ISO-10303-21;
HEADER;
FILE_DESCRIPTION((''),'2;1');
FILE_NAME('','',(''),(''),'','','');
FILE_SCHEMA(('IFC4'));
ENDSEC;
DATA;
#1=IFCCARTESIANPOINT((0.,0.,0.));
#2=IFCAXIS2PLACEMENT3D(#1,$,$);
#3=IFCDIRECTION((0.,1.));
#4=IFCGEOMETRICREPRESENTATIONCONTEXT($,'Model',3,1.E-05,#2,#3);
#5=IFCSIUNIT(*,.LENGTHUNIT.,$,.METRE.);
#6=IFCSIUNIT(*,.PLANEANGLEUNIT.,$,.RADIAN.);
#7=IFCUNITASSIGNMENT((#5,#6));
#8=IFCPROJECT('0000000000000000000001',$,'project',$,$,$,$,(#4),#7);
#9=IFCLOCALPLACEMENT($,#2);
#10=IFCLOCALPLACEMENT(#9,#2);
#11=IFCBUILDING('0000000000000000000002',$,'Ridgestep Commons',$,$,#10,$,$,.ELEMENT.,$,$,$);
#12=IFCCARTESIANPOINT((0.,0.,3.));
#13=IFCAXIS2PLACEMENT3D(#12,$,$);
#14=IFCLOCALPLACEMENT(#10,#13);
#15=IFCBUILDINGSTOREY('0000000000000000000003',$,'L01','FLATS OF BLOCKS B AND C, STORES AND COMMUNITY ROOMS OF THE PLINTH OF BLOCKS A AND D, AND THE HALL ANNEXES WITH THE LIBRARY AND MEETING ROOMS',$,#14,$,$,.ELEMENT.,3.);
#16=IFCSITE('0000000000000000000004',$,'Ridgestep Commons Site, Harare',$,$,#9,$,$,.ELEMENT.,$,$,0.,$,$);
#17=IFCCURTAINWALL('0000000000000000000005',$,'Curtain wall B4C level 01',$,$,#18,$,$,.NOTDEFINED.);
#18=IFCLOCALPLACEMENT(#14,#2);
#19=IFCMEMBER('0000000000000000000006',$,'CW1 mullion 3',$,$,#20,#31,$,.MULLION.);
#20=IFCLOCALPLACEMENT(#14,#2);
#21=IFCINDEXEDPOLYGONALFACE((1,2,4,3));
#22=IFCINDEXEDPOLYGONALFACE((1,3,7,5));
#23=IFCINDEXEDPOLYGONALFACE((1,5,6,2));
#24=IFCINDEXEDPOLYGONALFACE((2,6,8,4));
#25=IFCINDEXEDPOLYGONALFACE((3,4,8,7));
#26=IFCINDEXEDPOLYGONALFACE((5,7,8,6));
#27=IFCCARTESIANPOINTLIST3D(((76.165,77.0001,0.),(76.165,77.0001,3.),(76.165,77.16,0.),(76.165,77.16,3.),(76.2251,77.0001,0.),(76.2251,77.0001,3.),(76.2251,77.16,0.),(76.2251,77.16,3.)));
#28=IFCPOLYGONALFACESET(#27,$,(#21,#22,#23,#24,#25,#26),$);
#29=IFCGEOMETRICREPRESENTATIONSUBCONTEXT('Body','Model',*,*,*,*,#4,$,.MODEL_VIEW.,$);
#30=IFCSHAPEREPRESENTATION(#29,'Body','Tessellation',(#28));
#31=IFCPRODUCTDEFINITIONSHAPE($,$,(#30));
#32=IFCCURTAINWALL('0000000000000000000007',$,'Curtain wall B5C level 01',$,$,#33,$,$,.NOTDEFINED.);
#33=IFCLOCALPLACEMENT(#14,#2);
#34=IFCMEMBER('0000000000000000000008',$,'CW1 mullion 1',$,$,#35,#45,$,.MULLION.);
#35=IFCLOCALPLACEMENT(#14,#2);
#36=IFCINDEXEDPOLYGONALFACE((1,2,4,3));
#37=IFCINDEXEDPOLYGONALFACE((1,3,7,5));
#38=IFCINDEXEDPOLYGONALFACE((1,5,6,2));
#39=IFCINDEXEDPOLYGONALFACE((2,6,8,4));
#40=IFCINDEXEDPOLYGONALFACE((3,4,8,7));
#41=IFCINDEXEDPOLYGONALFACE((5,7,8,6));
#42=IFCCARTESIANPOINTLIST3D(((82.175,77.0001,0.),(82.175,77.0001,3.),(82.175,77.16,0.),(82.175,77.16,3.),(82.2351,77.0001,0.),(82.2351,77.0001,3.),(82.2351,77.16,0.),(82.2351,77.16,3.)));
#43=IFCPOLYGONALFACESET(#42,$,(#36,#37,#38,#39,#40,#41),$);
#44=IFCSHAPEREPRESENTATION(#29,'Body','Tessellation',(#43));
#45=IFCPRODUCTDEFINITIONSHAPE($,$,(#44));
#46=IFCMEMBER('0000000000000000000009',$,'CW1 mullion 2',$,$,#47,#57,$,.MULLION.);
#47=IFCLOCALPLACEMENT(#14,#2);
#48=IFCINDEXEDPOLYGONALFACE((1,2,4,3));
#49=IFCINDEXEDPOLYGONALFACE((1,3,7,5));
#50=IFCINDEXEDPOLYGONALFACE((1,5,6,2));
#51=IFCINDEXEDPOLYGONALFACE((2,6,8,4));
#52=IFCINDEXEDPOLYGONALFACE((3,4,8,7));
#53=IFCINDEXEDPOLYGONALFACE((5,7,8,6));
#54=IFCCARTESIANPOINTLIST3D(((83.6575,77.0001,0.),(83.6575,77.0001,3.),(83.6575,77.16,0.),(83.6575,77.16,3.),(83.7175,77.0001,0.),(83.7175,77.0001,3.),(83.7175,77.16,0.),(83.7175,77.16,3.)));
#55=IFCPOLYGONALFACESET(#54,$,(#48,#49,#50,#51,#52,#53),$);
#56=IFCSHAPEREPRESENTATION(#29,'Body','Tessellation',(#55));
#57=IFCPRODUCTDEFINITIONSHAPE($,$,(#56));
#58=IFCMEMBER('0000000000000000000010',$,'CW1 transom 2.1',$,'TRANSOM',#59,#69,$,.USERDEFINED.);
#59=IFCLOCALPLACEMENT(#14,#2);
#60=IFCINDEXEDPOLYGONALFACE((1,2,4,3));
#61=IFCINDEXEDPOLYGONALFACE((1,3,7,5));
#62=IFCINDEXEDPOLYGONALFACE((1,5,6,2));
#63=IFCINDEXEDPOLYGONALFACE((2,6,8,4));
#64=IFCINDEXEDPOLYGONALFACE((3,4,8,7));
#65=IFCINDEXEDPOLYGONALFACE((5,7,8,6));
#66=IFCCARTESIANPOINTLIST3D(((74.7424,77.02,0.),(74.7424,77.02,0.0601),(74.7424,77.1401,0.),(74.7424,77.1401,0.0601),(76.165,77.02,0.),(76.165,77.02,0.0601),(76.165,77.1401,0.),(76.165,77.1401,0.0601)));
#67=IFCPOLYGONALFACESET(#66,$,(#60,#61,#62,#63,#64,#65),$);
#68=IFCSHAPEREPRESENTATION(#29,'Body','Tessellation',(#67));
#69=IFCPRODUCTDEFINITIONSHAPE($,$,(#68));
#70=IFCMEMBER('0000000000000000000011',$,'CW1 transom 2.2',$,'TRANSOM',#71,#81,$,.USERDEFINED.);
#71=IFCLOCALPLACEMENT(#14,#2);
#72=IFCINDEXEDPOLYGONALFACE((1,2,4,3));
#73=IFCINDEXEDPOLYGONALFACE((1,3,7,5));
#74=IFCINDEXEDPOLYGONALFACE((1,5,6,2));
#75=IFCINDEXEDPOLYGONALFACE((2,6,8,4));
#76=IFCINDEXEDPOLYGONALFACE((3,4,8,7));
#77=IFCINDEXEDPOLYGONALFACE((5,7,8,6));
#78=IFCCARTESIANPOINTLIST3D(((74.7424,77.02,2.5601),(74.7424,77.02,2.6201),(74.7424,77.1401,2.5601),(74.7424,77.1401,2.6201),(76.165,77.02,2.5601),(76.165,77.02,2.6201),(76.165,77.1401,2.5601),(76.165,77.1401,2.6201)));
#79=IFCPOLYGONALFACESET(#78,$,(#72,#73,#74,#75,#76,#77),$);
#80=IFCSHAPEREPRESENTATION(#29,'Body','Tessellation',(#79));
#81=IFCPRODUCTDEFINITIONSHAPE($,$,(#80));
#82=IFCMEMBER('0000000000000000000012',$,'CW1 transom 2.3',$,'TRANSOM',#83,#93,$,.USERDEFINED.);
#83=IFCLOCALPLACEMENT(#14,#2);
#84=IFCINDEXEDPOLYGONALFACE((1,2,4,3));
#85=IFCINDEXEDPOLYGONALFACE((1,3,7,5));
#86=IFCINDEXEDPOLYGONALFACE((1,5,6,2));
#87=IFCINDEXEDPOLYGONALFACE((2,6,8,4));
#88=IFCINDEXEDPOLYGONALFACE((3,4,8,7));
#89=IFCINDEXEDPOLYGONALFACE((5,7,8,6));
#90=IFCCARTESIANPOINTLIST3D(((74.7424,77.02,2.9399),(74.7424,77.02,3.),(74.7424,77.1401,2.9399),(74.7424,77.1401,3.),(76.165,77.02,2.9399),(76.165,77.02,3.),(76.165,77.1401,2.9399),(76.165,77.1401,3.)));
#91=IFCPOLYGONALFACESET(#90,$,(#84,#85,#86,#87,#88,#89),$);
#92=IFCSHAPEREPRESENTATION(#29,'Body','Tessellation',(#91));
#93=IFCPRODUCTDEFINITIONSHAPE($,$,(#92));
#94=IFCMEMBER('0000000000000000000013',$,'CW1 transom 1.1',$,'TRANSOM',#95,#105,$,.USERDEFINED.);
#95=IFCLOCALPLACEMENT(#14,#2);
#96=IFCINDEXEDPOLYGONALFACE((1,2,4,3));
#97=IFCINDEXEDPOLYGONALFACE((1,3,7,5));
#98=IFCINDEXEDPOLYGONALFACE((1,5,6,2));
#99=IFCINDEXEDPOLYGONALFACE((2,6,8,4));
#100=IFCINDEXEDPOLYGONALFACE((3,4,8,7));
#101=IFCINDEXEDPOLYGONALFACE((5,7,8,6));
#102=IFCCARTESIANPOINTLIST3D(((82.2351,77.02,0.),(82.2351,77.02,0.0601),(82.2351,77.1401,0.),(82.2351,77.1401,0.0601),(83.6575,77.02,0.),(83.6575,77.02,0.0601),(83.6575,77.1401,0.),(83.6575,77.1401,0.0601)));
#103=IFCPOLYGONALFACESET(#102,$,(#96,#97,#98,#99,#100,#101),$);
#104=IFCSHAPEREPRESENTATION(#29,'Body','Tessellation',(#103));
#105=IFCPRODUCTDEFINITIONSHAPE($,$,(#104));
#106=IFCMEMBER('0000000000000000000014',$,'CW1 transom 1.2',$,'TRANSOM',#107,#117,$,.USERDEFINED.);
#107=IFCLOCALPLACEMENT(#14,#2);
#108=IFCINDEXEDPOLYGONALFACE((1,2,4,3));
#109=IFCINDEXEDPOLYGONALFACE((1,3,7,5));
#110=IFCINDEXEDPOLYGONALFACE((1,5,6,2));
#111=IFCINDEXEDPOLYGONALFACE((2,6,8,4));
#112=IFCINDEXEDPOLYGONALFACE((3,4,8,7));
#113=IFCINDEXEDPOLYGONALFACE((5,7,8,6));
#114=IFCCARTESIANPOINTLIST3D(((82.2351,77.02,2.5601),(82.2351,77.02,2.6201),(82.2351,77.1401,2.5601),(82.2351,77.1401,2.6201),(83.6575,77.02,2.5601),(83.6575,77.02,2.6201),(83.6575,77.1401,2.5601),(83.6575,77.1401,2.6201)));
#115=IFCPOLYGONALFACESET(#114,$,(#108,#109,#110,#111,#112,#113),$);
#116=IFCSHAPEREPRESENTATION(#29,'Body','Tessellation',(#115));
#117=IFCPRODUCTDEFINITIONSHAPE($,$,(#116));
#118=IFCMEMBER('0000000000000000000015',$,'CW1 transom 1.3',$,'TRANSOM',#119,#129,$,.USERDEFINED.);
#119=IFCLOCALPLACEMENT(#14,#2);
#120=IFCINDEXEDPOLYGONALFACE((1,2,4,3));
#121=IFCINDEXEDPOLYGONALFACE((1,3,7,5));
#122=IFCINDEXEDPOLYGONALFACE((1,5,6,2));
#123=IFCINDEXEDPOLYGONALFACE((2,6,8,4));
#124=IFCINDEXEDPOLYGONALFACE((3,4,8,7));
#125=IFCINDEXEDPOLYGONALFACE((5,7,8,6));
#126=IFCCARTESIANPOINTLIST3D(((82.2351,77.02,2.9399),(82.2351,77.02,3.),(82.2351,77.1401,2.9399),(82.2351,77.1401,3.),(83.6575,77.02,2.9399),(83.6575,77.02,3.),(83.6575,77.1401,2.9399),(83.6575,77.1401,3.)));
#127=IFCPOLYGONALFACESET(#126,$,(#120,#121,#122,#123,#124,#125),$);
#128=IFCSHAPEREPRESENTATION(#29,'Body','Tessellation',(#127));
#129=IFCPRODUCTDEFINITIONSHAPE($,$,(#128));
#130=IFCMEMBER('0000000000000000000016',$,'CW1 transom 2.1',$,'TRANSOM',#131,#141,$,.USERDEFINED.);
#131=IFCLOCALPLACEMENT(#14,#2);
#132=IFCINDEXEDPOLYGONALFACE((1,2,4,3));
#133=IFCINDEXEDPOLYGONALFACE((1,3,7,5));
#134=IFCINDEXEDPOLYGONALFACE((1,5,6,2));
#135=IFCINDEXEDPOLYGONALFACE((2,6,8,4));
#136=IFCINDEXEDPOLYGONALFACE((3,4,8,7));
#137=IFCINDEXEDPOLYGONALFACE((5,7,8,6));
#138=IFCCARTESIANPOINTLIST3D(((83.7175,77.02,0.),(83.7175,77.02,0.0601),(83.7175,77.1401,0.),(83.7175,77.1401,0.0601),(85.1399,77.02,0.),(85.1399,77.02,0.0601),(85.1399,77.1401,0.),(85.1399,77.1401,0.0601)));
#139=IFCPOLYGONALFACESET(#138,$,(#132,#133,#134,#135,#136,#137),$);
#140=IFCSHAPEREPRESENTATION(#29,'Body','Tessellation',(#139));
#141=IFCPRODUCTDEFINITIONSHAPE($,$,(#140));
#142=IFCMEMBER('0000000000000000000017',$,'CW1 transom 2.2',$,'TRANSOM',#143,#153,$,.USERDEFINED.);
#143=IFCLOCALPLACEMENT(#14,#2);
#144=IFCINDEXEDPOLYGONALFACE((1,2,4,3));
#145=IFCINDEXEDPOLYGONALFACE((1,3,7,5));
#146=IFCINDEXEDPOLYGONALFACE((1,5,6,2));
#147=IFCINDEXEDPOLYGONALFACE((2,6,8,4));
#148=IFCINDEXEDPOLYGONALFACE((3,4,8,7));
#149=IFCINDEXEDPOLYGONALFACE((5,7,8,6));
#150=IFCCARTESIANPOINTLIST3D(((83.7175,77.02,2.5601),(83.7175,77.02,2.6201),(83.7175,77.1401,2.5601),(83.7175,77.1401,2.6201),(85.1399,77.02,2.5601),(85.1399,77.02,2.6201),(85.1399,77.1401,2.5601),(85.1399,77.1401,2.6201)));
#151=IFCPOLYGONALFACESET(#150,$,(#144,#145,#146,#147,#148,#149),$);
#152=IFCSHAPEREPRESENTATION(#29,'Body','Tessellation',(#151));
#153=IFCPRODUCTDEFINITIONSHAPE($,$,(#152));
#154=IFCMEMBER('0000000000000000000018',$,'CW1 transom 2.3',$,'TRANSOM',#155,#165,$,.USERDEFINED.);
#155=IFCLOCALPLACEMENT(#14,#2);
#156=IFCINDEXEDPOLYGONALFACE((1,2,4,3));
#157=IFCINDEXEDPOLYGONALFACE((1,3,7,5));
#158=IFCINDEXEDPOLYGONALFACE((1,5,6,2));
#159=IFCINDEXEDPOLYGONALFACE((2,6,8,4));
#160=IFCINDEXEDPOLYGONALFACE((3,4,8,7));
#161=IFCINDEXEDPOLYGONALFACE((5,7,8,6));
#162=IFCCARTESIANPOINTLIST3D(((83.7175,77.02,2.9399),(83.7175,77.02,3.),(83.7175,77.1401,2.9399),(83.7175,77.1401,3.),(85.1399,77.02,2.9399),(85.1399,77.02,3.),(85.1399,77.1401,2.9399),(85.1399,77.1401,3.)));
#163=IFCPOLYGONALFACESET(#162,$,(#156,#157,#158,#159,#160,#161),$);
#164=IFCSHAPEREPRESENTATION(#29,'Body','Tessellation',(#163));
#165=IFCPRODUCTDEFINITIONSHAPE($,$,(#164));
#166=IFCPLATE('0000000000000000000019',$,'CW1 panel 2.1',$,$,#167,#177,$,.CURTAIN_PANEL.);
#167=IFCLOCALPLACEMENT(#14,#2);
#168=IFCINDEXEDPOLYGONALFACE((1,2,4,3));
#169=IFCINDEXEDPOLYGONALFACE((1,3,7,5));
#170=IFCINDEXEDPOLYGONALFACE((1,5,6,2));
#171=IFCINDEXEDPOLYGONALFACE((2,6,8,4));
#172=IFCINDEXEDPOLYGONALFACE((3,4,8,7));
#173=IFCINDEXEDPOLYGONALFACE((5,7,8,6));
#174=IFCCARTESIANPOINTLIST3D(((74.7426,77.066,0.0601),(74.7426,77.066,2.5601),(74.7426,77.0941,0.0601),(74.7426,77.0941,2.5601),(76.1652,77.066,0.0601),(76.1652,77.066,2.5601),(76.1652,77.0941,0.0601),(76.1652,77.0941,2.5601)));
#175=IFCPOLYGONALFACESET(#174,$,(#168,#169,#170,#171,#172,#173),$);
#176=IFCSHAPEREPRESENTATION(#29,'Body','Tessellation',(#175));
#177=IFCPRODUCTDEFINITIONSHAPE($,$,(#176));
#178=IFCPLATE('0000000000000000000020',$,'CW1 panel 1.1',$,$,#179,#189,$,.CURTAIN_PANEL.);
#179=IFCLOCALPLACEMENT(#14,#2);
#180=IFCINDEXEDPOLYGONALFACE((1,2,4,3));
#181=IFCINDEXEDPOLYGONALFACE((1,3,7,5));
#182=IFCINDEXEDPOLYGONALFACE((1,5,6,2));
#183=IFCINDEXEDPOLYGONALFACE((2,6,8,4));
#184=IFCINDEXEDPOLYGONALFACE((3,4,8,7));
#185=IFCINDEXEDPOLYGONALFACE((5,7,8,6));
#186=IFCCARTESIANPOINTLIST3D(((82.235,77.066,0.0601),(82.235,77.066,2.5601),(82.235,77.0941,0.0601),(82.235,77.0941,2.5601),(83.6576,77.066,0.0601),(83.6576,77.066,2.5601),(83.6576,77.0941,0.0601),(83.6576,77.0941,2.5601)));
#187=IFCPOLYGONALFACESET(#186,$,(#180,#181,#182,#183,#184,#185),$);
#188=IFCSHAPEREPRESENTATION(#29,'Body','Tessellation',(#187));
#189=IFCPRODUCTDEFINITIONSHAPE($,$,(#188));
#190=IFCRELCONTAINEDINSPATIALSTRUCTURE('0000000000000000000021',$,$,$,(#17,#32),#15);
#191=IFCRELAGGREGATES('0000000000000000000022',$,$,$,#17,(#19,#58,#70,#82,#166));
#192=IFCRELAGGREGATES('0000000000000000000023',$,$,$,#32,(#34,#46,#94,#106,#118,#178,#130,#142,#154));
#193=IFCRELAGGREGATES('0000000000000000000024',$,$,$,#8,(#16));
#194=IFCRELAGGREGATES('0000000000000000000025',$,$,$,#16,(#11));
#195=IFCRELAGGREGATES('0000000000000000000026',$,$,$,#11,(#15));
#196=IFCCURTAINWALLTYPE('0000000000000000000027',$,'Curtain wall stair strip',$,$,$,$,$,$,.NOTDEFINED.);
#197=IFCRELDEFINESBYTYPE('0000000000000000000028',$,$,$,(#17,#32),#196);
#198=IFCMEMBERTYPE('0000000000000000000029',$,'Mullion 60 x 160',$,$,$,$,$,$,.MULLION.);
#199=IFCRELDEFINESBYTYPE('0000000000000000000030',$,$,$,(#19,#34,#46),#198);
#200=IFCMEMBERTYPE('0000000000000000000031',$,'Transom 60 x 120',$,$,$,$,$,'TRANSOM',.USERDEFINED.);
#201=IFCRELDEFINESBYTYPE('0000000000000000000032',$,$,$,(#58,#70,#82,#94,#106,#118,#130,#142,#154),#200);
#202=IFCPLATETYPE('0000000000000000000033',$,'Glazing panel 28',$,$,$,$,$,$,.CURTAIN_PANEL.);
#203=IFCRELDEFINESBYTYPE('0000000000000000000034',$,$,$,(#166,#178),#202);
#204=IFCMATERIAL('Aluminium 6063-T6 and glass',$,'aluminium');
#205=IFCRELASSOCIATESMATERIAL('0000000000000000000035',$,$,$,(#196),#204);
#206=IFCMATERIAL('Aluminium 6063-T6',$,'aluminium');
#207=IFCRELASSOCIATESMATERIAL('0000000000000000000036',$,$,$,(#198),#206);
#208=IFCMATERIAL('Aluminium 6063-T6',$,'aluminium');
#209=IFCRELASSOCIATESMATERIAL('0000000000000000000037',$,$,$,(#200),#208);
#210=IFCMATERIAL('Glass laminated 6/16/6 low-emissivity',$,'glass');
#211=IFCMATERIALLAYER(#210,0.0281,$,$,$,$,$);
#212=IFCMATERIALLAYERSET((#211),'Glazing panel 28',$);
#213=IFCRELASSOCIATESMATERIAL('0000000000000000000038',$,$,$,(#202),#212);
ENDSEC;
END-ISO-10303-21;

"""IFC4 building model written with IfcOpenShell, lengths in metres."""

from ifc_helpers import new_model, si_unit, direction, frame, origin, origin_2d, place, context, subcontext, project, spatial, rectangle, extrude, material, layer, layer_set, material_profile, profile_set, type_object, element, aggregate, save


model = new_model("IFC4")

# Units and contexts
model_context = context("Model", 3, precision=1e-05, world=origin(), true_north=direction((0.0, 1.0)))
body_context = subcontext(model_context, "Body", "Model", "MODEL_VIEW")
ifc_project = project(units=[si_unit("LENGTHUNIT", "METRE"), si_unit("PLANEANGLEUNIT", "RADIAN")], contexts=[model_context])

# Site, building, storey
site_placement = place(None, origin())
site = spatial("IfcSite", under=ifc_project, at=site_placement, Name="Ridgestep Commons Site, Harare", CompositionType="ELEMENT", RefElevation=0.0)
building_placement = place(site_placement, origin())
building = spatial("IfcBuilding", under=site, at=building_placement, Name="Ridgestep Commons", CompositionType="ELEMENT")
storey_placement = place(building_placement, frame((0.0, 0.0, 3.0)))
storey = spatial("IfcBuildingStorey", under=building, at=storey_placement, Name="L01", Description="FLATS OF BLOCKS B AND C, STORES AND COMMUNITY ROOMS OF THE PLINTH OF BLOCKS A AND D, AND THE HALL ANNEXES WITH THE LIBRARY AND MEETING ROOMS", CompositionType="ELEMENT", Elevation=3.0)

# Curtain wall, member
ifc_material_1 = material(Name="Aluminium 6063-T6 and glass", Category="aluminium")
curtain_wall_type = type_object("IfcCurtainWallType", Name="Curtain wall stair strip", PredefinedType="NOTDEFINED", material=ifc_material_1)
curtain_wall_1_placement = place(storey_placement, origin())
curtain_wall_1 = element("IfcCurtainWall", 1, at=curtain_wall_1_placement, inside=storey, type_object=curtain_wall_type, Name="Curtain wall B4C level 01", PredefinedType="NOTDEFINED")
ifc_material_2 = material(Name="Aluminium 6063-T6", Category="aluminium")
ifc_material_profile_1 = material_profile(ifc_material_2, rectangle(XDim=0.1599, YDim=0.0601, at=origin_2d()), Name="Mullion 60 x 160")
ifc_profile_set_1 = profile_set([ifc_material_profile_1], Name="Aluminium 6063-T6")
member_type_1 = type_object("IfcMemberType", Name="Mullion 60 x 160", PredefinedType="MULLION", material=ifc_profile_set_1)
member_1_placement = place(storey_placement, frame((76.1951, 77.0801, 0.0), z_axis=(0.0, 0.0, 1.0), x_axis=(0.0, 1.0, 0.0)))
member_1 = element("IfcMember", 2, at=member_1_placement, type_object=member_type_1, Name="CW1 mullion 3", PredefinedType="MULLION", context=body_context, shape_type="SweptSolid", body=[
    extrude(rectangle(XDim=0.1599, YDim=0.0601, at=origin_2d()), origin(), (0.0, 0.0, 1.0), 3.0),
])

# Curtain wall, members
curtain_wall_2_placement = place(storey_placement, origin())
curtain_wall_2 = element("IfcCurtainWall", 3, at=curtain_wall_2_placement, inside=storey, type_object=curtain_wall_type, Name="Curtain wall B5C level 01", PredefinedType="NOTDEFINED")
member_2_placement = place(storey_placement, frame((82.2051, 77.0801, 0.0), z_axis=(0.0, 0.0, 1.0), x_axis=(0.0, 1.0, 0.0)))
member_2 = element("IfcMember", 4, at=member_2_placement, type_object=member_type_1, Name="CW1 mullion 1", PredefinedType="MULLION", context=body_context, shape_type="SweptSolid", body=[
    extrude(rectangle(XDim=0.1599, YDim=0.0601, at=origin_2d()), origin(), (0.0, 0.0, 1.0), 3.0),
])
member_3_placement = place(storey_placement, frame((83.6875, 77.0801, 0.0), z_axis=(0.0, 0.0, 1.0), x_axis=(0.0, 1.0, 0.0)))
member_3 = element("IfcMember", 5, at=member_3_placement, type_object=member_type_1, Name="CW1 mullion 2", PredefinedType="MULLION", context=body_context, shape_type="SweptSolid", body=[
    extrude(rectangle(XDim=0.1599, YDim=0.0601, at=origin_2d()), origin(), (0.0, 0.0, 1.0), 3.0),
])

# Members
ifc_material_3 = material(Name="Aluminium 6063-T6", Category="aluminium")
ifc_material_profile_2 = material_profile(ifc_material_3, rectangle(XDim=0.1201, YDim=0.0601, at=origin_2d()), Name="Transom 60 x 120")
ifc_profile_set_2 = profile_set([ifc_material_profile_2], Name="Aluminium 6063-T6")
member_type_2 = type_object("IfcMemberType", Name="Transom 60 x 120", ElementType="TRANSOM", PredefinedType="USERDEFINED", material=ifc_profile_set_2)
member_4_placement = place(storey_placement, frame((74.7424, 77.0801, 0.03), z_axis=(1.0, 0.0, 0.0), x_axis=(0.0, 1.0, 0.0)))
member_4 = element("IfcMember", 6, at=member_4_placement, type_object=member_type_2, Name="CW1 transom 2.1", ObjectType="TRANSOM", PredefinedType="USERDEFINED", context=body_context, shape_type="SweptSolid", body=[
    extrude(rectangle(XDim=0.1201, YDim=0.0601, at=origin_2d()), origin(), (0.0, 0.0, 1.0), 1.4226),
])
member_5_placement = place(storey_placement, frame((74.7424, 77.0801, 2.5901), z_axis=(1.0, 0.0, 0.0), x_axis=(0.0, 1.0, 0.0)))
member_5 = element("IfcMember", 7, at=member_5_placement, type_object=member_type_2, Name="CW1 transom 2.2", ObjectType="TRANSOM", PredefinedType="USERDEFINED", context=body_context, shape_type="SweptSolid", body=[
    extrude(rectangle(XDim=0.1201, YDim=0.0601, at=origin_2d()), origin(), (0.0, 0.0, 1.0), 1.4226),
])
member_6_placement = place(storey_placement, frame((74.7424, 77.0801, 2.97), z_axis=(1.0, 0.0, 0.0), x_axis=(0.0, 1.0, 0.0)))
member_6 = element("IfcMember", 8, at=member_6_placement, type_object=member_type_2, Name="CW1 transom 2.3", ObjectType="TRANSOM", PredefinedType="USERDEFINED", context=body_context, shape_type="SweptSolid", body=[
    extrude(rectangle(XDim=0.1201, YDim=0.0601, at=origin_2d()), origin(), (0.0, 0.0, 1.0), 1.4226),
])
member_7_placement = place(storey_placement, frame((82.2351, 77.0801, 0.03), z_axis=(1.0, 0.0, 0.0), x_axis=(0.0, 1.0, 0.0)))
member_7 = element("IfcMember", 9, at=member_7_placement, type_object=member_type_2, Name="CW1 transom 1.1", ObjectType="TRANSOM", PredefinedType="USERDEFINED", context=body_context, shape_type="SweptSolid", body=[
    extrude(rectangle(XDim=0.1201, YDim=0.0601, at=origin_2d()), origin(), (0.0, 0.0, 1.0), 1.4224),
])
member_8_placement = place(storey_placement, frame((82.2351, 77.0801, 2.5901), z_axis=(1.0, 0.0, 0.0), x_axis=(0.0, 1.0, 0.0)))
member_8 = element("IfcMember", 10, at=member_8_placement, type_object=member_type_2, Name="CW1 transom 1.2", ObjectType="TRANSOM", PredefinedType="USERDEFINED", context=body_context, shape_type="SweptSolid", body=[
    extrude(rectangle(XDim=0.1201, YDim=0.0601, at=origin_2d()), origin(), (0.0, 0.0, 1.0), 1.4224),
])
member_9_placement = place(storey_placement, frame((82.2351, 77.0801, 2.97), z_axis=(1.0, 0.0, 0.0), x_axis=(0.0, 1.0, 0.0)))
member_9 = element("IfcMember", 11, at=member_9_placement, type_object=member_type_2, Name="CW1 transom 1.3", ObjectType="TRANSOM", PredefinedType="USERDEFINED", context=body_context, shape_type="SweptSolid", body=[
    extrude(rectangle(XDim=0.1201, YDim=0.0601, at=origin_2d()), origin(), (0.0, 0.0, 1.0), 1.4224),
])
member_10_placement = place(storey_placement, frame((83.7175, 77.0801, 0.03), z_axis=(1.0, 0.0, 0.0), x_axis=(0.0, 1.0, 0.0)))
member_10 = element("IfcMember", 12, at=member_10_placement, type_object=member_type_2, Name="CW1 transom 2.1", ObjectType="TRANSOM", PredefinedType="USERDEFINED", context=body_context, shape_type="SweptSolid", body=[
    extrude(rectangle(XDim=0.1201, YDim=0.0601, at=origin_2d()), origin(), (0.0, 0.0, 1.0), 1.4224),
])
member_11_placement = place(storey_placement, frame((83.7175, 77.0801, 2.5901), z_axis=(1.0, 0.0, 0.0), x_axis=(0.0, 1.0, 0.0)))
member_11 = element("IfcMember", 13, at=member_11_placement, type_object=member_type_2, Name="CW1 transom 2.2", ObjectType="TRANSOM", PredefinedType="USERDEFINED", context=body_context, shape_type="SweptSolid", body=[
    extrude(rectangle(XDim=0.1201, YDim=0.0601, at=origin_2d()), origin(), (0.0, 0.0, 1.0), 1.4224),
])
member_12_placement = place(storey_placement, frame((83.7175, 77.0801, 2.97), z_axis=(1.0, 0.0, 0.0), x_axis=(0.0, 1.0, 0.0)))
member_12 = element("IfcMember", 14, at=member_12_placement, type_object=member_type_2, Name="CW1 transom 2.3", ObjectType="TRANSOM", PredefinedType="USERDEFINED", context=body_context, shape_type="SweptSolid", body=[
    extrude(rectangle(XDim=0.1201, YDim=0.0601, at=origin_2d()), origin(), (0.0, 0.0, 1.0), 1.4224),
])

# Plates
ifc_material_4 = material(Name="Glass laminated 6/16/6 low-emissivity", Category="glass")
ifc_layer_1 = layer(ifc_material_4, 0.0281)
ifc_layer_set_1 = layer_set([ifc_layer_1], Name="Glazing panel 28")
plate_type_1 = type_object("IfcPlateType", Name="Glazing panel 28", PredefinedType="CURTAIN_PANEL", material=ifc_layer_set_1)
plate_1_placement = place(storey_placement, frame((75.4539, 77.0801, 0.0601), z_axis=(0.0, 0.0, 1.0), x_axis=(1.0, 0.0, 0.0)))
plate_1 = element("IfcPlate", 15, at=plate_1_placement, type_object=plate_type_1, Name="CW1 panel 2.1", PredefinedType="CURTAIN_PANEL", context=body_context, shape_type="SweptSolid", body=[
    extrude(rectangle(XDim=1.4226, YDim=0.0281, at=origin_2d()), origin(), (0.0, 0.0, 1.0), 2.5),
])
plate_2_placement = place(storey_placement, frame((82.9463, 77.0801, 0.0601), z_axis=(0.0, 0.0, 1.0), x_axis=(1.0, 0.0, 0.0)))
plate_2 = element("IfcPlate", 16, at=plate_2_placement, type_object=plate_type_1, Name="CW1 panel 1.1", PredefinedType="CURTAIN_PANEL", context=body_context, shape_type="SweptSolid", body=[
    extrude(rectangle(XDim=1.4226, YDim=0.0281, at=origin_2d()), origin(), (0.0, 0.0, 1.0), 2.5),
])
aggregate(curtain_wall_1, [member_1, member_4, member_5, member_6, plate_1])
aggregate(curtain_wall_2, [member_2, member_3, member_7, member_8, member_9, plate_2, member_10, member_11, member_12])

save(model, "model.ifc")
